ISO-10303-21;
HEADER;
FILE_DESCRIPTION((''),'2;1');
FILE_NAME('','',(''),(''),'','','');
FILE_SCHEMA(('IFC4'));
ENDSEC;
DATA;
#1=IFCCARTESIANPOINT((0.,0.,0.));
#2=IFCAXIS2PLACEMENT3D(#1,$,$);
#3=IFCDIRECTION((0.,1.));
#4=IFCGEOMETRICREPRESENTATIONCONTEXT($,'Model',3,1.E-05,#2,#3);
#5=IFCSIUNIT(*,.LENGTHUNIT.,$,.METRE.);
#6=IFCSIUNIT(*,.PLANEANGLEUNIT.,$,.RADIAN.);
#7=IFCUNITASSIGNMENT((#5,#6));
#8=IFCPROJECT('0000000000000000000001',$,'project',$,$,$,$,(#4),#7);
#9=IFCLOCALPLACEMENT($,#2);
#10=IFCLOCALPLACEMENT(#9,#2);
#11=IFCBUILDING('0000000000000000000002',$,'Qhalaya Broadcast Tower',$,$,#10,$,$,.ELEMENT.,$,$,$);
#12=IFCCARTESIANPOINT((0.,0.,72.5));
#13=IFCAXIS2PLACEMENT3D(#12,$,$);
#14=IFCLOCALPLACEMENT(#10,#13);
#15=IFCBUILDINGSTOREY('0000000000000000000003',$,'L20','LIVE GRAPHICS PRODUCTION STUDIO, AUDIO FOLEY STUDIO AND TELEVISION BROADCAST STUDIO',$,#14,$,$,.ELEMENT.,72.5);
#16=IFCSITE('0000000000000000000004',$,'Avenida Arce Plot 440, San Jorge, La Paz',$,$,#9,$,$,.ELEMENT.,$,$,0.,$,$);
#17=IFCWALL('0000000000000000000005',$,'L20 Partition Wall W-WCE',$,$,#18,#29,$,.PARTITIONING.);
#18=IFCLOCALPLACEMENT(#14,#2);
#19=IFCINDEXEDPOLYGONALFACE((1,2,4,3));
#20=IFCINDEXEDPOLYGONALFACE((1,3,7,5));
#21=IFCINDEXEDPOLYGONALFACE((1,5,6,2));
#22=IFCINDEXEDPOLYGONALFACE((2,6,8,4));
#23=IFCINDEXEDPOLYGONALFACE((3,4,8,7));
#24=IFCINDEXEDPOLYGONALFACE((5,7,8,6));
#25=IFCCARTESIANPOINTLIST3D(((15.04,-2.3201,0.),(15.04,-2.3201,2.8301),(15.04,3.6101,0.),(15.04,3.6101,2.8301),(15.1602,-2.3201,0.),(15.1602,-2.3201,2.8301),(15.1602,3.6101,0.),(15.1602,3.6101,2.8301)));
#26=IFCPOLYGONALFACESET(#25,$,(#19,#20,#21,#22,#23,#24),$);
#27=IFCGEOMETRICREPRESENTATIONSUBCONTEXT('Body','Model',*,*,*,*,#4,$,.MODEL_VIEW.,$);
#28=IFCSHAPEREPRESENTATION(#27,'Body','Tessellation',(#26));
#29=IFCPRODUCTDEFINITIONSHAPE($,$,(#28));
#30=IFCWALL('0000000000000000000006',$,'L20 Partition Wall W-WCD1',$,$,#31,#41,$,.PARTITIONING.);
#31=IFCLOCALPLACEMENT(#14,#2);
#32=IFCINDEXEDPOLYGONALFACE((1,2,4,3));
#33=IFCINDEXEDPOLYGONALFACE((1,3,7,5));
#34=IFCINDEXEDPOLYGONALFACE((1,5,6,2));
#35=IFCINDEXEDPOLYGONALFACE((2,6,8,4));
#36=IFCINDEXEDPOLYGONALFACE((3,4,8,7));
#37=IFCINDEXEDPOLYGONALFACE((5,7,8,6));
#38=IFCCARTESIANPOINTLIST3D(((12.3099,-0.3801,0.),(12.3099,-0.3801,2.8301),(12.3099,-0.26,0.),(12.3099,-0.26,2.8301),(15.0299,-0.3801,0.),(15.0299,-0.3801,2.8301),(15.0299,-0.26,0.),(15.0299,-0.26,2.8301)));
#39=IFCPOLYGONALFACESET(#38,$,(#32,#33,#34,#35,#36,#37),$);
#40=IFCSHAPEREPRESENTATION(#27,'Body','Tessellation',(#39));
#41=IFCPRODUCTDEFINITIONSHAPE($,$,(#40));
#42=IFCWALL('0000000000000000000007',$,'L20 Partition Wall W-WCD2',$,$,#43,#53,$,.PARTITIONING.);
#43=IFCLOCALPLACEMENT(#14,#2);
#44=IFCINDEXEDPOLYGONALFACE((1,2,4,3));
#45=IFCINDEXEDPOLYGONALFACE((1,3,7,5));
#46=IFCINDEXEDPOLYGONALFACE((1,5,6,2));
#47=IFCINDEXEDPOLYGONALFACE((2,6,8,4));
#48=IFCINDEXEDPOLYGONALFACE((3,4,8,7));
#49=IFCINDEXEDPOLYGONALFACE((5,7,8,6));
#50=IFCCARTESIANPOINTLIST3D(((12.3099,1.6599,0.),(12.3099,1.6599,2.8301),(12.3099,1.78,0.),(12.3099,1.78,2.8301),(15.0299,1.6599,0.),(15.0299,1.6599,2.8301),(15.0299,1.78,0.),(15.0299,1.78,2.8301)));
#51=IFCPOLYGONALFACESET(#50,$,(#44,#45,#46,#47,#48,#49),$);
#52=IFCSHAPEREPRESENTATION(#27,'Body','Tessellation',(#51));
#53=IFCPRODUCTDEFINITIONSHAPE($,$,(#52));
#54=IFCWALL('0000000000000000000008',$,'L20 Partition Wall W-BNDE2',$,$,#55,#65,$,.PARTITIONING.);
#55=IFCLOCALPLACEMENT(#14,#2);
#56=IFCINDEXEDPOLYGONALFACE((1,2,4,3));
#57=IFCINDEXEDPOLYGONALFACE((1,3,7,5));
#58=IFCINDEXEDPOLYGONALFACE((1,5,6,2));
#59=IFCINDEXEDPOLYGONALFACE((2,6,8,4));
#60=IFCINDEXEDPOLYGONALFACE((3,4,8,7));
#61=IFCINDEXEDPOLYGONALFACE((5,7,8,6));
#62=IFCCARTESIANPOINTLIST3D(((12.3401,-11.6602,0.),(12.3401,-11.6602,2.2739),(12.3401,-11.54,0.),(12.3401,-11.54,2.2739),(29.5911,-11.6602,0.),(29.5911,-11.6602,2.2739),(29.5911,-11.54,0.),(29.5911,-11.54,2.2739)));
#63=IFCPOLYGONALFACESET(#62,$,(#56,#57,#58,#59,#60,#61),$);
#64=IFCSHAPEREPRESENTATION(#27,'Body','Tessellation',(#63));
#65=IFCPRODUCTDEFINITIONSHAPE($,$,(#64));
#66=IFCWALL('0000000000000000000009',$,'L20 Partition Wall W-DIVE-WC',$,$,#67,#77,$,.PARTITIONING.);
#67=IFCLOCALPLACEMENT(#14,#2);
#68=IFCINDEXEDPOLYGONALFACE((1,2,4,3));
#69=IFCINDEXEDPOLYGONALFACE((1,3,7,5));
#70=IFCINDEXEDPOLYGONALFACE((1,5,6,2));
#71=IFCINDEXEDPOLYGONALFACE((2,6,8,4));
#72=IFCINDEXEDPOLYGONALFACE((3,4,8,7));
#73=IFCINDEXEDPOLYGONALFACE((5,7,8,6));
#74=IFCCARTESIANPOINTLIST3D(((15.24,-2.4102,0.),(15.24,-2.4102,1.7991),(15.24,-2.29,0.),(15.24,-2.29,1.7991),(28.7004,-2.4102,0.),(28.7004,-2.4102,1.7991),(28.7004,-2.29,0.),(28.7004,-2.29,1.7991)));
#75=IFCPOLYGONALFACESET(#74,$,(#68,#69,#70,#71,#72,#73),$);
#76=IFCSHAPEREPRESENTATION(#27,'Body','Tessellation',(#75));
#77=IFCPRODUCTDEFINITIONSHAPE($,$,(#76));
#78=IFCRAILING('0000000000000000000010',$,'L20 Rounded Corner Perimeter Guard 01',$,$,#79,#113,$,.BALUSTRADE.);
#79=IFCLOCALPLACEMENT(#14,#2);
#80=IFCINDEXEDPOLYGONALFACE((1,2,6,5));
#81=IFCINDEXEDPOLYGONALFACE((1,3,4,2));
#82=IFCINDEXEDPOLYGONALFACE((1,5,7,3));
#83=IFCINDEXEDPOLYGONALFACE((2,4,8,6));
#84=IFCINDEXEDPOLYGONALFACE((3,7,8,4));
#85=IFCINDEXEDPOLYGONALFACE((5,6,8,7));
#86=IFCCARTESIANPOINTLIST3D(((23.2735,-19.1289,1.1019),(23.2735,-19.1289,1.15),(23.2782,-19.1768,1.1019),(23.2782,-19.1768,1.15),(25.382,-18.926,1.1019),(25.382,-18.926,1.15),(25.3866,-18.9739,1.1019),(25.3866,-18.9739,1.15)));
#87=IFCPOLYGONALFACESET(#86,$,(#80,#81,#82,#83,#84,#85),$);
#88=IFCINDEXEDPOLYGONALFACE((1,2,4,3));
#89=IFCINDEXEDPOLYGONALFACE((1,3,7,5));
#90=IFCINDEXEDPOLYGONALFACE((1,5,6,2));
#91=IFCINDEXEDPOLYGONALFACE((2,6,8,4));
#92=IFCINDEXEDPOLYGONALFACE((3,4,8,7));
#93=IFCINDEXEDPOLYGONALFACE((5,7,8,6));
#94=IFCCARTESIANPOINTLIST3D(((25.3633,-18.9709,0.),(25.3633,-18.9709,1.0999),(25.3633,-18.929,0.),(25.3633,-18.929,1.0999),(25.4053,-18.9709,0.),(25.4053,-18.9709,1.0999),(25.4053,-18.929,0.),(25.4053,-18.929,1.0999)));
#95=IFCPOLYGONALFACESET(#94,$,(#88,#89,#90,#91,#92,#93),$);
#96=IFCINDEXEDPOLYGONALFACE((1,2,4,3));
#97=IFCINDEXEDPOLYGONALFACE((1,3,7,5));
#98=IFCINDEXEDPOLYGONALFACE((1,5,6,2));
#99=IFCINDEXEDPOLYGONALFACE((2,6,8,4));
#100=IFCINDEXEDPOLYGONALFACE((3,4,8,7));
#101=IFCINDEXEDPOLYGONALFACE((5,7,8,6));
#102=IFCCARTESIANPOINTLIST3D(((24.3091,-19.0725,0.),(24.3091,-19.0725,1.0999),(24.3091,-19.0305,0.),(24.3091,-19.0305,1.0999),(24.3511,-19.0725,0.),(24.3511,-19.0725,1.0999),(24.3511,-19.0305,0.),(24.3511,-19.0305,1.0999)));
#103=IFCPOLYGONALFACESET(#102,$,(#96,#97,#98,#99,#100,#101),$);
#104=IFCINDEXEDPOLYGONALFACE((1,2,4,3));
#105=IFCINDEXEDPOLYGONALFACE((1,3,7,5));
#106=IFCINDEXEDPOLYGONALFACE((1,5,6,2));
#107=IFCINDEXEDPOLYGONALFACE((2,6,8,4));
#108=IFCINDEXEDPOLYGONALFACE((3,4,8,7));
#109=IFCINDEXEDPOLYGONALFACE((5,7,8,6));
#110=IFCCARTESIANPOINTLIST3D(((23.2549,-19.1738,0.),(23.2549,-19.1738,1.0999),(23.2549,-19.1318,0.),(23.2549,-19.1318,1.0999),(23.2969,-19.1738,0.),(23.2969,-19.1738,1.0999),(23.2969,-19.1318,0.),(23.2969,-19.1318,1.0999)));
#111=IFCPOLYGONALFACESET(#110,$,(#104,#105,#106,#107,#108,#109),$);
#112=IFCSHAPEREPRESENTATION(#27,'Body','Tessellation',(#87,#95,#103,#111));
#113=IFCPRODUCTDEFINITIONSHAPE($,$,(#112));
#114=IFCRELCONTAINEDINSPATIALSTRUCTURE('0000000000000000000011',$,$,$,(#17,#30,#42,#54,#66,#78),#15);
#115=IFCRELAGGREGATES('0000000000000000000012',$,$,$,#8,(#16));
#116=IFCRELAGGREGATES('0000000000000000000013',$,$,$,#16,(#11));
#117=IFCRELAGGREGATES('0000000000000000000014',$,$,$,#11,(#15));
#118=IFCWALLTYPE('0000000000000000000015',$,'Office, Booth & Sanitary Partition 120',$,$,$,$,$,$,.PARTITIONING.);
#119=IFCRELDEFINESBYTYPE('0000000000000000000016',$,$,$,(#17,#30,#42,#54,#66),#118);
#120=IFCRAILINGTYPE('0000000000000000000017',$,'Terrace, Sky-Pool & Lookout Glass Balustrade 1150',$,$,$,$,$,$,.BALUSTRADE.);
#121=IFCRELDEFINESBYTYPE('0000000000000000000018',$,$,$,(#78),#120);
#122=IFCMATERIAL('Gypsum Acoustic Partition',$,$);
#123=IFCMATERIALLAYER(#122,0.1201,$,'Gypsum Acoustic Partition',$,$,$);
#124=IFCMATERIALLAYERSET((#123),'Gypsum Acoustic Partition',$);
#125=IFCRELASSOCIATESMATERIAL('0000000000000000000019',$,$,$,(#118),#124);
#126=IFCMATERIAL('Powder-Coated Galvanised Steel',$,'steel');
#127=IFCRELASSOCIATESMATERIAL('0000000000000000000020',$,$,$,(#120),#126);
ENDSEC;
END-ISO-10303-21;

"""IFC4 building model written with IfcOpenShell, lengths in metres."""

from ifc_helpers import new_model, si_unit, direction, frame, frame_2d, origin, origin_2d, place, context, subcontext, project, spatial, rectangle, extrude, material, layer, layer_set, type_object, element, save


model = new_model("IFC4")

# Units and contexts
model_context = context("Model", 3, precision=1e-05, world=origin(), true_north=direction((0.0, 1.0)))
body_context = subcontext(model_context, "Body", "Model", "MODEL_VIEW")
ifc_project = project(units=[si_unit("LENGTHUNIT", "METRE"), si_unit("PLANEANGLEUNIT", "RADIAN")], contexts=[model_context])

# Site, building, storey
site_placement = place(None, origin())
site = spatial("IfcSite", under=ifc_project, at=site_placement, Name="Avenida Arce Plot 440, San Jorge, La Paz", CompositionType="ELEMENT", RefElevation=0.0)
building_placement = place(site_placement, origin())
building = spatial("IfcBuilding", under=site, at=building_placement, Name="Qhalaya Broadcast Tower", CompositionType="ELEMENT")
storey_placement = place(building_placement, frame((0.0, 0.0, 72.5)))
storey = spatial("IfcBuildingStorey", under=building, at=storey_placement, Name="L20", Description="LIVE GRAPHICS PRODUCTION STUDIO, AUDIO FOLEY STUDIO AND TELEVISION BROADCAST STUDIO", CompositionType="ELEMENT", Elevation=72.5)

# Walls
ifc_material_1 = material(Name="Gypsum Acoustic Partition")
ifc_layer_1 = layer(ifc_material_1, 0.1201, Name="Gypsum Acoustic Partition")
ifc_layer_set_1 = layer_set([ifc_layer_1], Name="Gypsum Acoustic Partition")
wall_type = type_object("IfcWallType", Name="Office, Booth & Sanitary Partition 120", PredefinedType="PARTITIONING", material=ifc_layer_set_1)
wall_1_placement = place(storey_placement, frame((15.1001, -2.3201, 0.0), z_axis=(0.0, 0.0, 1.0), x_axis=(0.0, 1.0, 0.0)))
element("IfcWall", 1, at=wall_1_placement, inside=storey, type_object=wall_type, Name="L20 Partition Wall W-WCE", PredefinedType="PARTITIONING", context=body_context, shape_type="SweptSolid", body=[
    extrude(rectangle(XDim=5.9302, YDim=0.1201, at=frame_2d((2.9651, 0.0))), origin(), (0.0, 0.0, 1.0), 2.8301),
])
for number, where, z_axis, x_axis, name in (
    (2, (12.3101, -0.3201, 0.0), (0.0, 0.0, 1.0), (1.0, 0.0, 0.0), "L20 Partition Wall W-WCD1"),
    (3, (12.3101, 1.72, 0.0), (0.0, 0.0, 1.0), (1.0, 0.0, 0.0), "L20 Partition Wall W-WCD2"),
):
    element("IfcWall", number, at=place(storey_placement, frame(where, z_axis=z_axis, x_axis=x_axis)), inside=storey, type_object=wall_type, Name=name, PredefinedType="PARTITIONING", context=body_context, shape_type="SweptSolid", body=[
        extrude(rectangle(XDim=2.72, YDim=0.1201, at=frame_2d((1.3599, 0.0))), origin(), (0.0, 0.0, 1.0), 2.8301),
    ])
wall_2_placement = place(storey_placement, frame((12.3401, -11.6001, 0.0), z_axis=(0.0, 0.0, 1.0), x_axis=(1.0, 0.0, 0.0)))
element("IfcWall", 4, at=wall_2_placement, inside=storey, type_object=wall_type, Name="L20 Partition Wall W-BNDE2", PredefinedType="PARTITIONING", context=body_context, shape_type="SweptSolid", body=[
    extrude(rectangle(XDim=17.251, YDim=0.1201, at=frame_2d((8.6255, 0.0))), origin(), (0.0, 0.0, 1.0), 2.2739),
])
wall_3_placement = place(storey_placement, frame((15.24, -2.3501, 0.0), z_axis=(0.0, 0.0, 1.0), x_axis=(1.0, 0.0, 0.0)))
element("IfcWall", 5, at=wall_3_placement, inside=storey, type_object=wall_type, Name="L20 Partition Wall W-DIVE-WC", PredefinedType="PARTITIONING", context=body_context, shape_type="SweptSolid", body=[
    extrude(rectangle(XDim=13.4604, YDim=0.1201, at=frame_2d((6.7302, 0.0))), origin(), (0.0, 0.0, 1.0), 1.7991),
])

# Railing
ifc_material_2 = material(Name="Powder-Coated Galvanised Steel", Category="steel")
railing_type = type_object("IfcRailingType", Name="Terrace, Sky-Pool & Lookout Glass Balustrade 1150", PredefinedType="BALUSTRADE", material=ifc_material_2)
railing_1_placement = place(storey_placement, frame((25.3843, -18.95, 0.0)))
element("IfcRailing", 6, at=railing_1_placement, inside=storey, type_object=railing_type, Name="L20 Rounded Corner Perimeter Guard 01", PredefinedType="BALUSTRADE", context=body_context, shape_type="SweptSolid", body=[
    extrude(rectangle(XDim=0.0481, YDim=0.0481, at=origin_2d()), frame((0.0, 0.0, 1.126), z_axis=(-0.995402, -0.095783, 0.0), x_axis=(0.095783, -0.995402, 0.0)), (0.0, 0.0, 1.0), 2.1182),
    extrude(rectangle(XDim=0.042, YDim=0.042, at=origin_2d()), origin(), (0.0, 0.0, 1.0), 1.0999),
    extrude(rectangle(XDim=0.042, YDim=0.042, at=origin_2d()), frame((-1.0542, -0.1016, 0.0)), (0.0, 0.0, 1.0), 1.0999),
    extrude(rectangle(XDim=0.042, YDim=0.042, at=origin_2d()), frame((-2.1084, -0.2029, 0.0)), (0.0, 0.0, 1.0), 1.0999),
])

save(model, "model.ifc")
